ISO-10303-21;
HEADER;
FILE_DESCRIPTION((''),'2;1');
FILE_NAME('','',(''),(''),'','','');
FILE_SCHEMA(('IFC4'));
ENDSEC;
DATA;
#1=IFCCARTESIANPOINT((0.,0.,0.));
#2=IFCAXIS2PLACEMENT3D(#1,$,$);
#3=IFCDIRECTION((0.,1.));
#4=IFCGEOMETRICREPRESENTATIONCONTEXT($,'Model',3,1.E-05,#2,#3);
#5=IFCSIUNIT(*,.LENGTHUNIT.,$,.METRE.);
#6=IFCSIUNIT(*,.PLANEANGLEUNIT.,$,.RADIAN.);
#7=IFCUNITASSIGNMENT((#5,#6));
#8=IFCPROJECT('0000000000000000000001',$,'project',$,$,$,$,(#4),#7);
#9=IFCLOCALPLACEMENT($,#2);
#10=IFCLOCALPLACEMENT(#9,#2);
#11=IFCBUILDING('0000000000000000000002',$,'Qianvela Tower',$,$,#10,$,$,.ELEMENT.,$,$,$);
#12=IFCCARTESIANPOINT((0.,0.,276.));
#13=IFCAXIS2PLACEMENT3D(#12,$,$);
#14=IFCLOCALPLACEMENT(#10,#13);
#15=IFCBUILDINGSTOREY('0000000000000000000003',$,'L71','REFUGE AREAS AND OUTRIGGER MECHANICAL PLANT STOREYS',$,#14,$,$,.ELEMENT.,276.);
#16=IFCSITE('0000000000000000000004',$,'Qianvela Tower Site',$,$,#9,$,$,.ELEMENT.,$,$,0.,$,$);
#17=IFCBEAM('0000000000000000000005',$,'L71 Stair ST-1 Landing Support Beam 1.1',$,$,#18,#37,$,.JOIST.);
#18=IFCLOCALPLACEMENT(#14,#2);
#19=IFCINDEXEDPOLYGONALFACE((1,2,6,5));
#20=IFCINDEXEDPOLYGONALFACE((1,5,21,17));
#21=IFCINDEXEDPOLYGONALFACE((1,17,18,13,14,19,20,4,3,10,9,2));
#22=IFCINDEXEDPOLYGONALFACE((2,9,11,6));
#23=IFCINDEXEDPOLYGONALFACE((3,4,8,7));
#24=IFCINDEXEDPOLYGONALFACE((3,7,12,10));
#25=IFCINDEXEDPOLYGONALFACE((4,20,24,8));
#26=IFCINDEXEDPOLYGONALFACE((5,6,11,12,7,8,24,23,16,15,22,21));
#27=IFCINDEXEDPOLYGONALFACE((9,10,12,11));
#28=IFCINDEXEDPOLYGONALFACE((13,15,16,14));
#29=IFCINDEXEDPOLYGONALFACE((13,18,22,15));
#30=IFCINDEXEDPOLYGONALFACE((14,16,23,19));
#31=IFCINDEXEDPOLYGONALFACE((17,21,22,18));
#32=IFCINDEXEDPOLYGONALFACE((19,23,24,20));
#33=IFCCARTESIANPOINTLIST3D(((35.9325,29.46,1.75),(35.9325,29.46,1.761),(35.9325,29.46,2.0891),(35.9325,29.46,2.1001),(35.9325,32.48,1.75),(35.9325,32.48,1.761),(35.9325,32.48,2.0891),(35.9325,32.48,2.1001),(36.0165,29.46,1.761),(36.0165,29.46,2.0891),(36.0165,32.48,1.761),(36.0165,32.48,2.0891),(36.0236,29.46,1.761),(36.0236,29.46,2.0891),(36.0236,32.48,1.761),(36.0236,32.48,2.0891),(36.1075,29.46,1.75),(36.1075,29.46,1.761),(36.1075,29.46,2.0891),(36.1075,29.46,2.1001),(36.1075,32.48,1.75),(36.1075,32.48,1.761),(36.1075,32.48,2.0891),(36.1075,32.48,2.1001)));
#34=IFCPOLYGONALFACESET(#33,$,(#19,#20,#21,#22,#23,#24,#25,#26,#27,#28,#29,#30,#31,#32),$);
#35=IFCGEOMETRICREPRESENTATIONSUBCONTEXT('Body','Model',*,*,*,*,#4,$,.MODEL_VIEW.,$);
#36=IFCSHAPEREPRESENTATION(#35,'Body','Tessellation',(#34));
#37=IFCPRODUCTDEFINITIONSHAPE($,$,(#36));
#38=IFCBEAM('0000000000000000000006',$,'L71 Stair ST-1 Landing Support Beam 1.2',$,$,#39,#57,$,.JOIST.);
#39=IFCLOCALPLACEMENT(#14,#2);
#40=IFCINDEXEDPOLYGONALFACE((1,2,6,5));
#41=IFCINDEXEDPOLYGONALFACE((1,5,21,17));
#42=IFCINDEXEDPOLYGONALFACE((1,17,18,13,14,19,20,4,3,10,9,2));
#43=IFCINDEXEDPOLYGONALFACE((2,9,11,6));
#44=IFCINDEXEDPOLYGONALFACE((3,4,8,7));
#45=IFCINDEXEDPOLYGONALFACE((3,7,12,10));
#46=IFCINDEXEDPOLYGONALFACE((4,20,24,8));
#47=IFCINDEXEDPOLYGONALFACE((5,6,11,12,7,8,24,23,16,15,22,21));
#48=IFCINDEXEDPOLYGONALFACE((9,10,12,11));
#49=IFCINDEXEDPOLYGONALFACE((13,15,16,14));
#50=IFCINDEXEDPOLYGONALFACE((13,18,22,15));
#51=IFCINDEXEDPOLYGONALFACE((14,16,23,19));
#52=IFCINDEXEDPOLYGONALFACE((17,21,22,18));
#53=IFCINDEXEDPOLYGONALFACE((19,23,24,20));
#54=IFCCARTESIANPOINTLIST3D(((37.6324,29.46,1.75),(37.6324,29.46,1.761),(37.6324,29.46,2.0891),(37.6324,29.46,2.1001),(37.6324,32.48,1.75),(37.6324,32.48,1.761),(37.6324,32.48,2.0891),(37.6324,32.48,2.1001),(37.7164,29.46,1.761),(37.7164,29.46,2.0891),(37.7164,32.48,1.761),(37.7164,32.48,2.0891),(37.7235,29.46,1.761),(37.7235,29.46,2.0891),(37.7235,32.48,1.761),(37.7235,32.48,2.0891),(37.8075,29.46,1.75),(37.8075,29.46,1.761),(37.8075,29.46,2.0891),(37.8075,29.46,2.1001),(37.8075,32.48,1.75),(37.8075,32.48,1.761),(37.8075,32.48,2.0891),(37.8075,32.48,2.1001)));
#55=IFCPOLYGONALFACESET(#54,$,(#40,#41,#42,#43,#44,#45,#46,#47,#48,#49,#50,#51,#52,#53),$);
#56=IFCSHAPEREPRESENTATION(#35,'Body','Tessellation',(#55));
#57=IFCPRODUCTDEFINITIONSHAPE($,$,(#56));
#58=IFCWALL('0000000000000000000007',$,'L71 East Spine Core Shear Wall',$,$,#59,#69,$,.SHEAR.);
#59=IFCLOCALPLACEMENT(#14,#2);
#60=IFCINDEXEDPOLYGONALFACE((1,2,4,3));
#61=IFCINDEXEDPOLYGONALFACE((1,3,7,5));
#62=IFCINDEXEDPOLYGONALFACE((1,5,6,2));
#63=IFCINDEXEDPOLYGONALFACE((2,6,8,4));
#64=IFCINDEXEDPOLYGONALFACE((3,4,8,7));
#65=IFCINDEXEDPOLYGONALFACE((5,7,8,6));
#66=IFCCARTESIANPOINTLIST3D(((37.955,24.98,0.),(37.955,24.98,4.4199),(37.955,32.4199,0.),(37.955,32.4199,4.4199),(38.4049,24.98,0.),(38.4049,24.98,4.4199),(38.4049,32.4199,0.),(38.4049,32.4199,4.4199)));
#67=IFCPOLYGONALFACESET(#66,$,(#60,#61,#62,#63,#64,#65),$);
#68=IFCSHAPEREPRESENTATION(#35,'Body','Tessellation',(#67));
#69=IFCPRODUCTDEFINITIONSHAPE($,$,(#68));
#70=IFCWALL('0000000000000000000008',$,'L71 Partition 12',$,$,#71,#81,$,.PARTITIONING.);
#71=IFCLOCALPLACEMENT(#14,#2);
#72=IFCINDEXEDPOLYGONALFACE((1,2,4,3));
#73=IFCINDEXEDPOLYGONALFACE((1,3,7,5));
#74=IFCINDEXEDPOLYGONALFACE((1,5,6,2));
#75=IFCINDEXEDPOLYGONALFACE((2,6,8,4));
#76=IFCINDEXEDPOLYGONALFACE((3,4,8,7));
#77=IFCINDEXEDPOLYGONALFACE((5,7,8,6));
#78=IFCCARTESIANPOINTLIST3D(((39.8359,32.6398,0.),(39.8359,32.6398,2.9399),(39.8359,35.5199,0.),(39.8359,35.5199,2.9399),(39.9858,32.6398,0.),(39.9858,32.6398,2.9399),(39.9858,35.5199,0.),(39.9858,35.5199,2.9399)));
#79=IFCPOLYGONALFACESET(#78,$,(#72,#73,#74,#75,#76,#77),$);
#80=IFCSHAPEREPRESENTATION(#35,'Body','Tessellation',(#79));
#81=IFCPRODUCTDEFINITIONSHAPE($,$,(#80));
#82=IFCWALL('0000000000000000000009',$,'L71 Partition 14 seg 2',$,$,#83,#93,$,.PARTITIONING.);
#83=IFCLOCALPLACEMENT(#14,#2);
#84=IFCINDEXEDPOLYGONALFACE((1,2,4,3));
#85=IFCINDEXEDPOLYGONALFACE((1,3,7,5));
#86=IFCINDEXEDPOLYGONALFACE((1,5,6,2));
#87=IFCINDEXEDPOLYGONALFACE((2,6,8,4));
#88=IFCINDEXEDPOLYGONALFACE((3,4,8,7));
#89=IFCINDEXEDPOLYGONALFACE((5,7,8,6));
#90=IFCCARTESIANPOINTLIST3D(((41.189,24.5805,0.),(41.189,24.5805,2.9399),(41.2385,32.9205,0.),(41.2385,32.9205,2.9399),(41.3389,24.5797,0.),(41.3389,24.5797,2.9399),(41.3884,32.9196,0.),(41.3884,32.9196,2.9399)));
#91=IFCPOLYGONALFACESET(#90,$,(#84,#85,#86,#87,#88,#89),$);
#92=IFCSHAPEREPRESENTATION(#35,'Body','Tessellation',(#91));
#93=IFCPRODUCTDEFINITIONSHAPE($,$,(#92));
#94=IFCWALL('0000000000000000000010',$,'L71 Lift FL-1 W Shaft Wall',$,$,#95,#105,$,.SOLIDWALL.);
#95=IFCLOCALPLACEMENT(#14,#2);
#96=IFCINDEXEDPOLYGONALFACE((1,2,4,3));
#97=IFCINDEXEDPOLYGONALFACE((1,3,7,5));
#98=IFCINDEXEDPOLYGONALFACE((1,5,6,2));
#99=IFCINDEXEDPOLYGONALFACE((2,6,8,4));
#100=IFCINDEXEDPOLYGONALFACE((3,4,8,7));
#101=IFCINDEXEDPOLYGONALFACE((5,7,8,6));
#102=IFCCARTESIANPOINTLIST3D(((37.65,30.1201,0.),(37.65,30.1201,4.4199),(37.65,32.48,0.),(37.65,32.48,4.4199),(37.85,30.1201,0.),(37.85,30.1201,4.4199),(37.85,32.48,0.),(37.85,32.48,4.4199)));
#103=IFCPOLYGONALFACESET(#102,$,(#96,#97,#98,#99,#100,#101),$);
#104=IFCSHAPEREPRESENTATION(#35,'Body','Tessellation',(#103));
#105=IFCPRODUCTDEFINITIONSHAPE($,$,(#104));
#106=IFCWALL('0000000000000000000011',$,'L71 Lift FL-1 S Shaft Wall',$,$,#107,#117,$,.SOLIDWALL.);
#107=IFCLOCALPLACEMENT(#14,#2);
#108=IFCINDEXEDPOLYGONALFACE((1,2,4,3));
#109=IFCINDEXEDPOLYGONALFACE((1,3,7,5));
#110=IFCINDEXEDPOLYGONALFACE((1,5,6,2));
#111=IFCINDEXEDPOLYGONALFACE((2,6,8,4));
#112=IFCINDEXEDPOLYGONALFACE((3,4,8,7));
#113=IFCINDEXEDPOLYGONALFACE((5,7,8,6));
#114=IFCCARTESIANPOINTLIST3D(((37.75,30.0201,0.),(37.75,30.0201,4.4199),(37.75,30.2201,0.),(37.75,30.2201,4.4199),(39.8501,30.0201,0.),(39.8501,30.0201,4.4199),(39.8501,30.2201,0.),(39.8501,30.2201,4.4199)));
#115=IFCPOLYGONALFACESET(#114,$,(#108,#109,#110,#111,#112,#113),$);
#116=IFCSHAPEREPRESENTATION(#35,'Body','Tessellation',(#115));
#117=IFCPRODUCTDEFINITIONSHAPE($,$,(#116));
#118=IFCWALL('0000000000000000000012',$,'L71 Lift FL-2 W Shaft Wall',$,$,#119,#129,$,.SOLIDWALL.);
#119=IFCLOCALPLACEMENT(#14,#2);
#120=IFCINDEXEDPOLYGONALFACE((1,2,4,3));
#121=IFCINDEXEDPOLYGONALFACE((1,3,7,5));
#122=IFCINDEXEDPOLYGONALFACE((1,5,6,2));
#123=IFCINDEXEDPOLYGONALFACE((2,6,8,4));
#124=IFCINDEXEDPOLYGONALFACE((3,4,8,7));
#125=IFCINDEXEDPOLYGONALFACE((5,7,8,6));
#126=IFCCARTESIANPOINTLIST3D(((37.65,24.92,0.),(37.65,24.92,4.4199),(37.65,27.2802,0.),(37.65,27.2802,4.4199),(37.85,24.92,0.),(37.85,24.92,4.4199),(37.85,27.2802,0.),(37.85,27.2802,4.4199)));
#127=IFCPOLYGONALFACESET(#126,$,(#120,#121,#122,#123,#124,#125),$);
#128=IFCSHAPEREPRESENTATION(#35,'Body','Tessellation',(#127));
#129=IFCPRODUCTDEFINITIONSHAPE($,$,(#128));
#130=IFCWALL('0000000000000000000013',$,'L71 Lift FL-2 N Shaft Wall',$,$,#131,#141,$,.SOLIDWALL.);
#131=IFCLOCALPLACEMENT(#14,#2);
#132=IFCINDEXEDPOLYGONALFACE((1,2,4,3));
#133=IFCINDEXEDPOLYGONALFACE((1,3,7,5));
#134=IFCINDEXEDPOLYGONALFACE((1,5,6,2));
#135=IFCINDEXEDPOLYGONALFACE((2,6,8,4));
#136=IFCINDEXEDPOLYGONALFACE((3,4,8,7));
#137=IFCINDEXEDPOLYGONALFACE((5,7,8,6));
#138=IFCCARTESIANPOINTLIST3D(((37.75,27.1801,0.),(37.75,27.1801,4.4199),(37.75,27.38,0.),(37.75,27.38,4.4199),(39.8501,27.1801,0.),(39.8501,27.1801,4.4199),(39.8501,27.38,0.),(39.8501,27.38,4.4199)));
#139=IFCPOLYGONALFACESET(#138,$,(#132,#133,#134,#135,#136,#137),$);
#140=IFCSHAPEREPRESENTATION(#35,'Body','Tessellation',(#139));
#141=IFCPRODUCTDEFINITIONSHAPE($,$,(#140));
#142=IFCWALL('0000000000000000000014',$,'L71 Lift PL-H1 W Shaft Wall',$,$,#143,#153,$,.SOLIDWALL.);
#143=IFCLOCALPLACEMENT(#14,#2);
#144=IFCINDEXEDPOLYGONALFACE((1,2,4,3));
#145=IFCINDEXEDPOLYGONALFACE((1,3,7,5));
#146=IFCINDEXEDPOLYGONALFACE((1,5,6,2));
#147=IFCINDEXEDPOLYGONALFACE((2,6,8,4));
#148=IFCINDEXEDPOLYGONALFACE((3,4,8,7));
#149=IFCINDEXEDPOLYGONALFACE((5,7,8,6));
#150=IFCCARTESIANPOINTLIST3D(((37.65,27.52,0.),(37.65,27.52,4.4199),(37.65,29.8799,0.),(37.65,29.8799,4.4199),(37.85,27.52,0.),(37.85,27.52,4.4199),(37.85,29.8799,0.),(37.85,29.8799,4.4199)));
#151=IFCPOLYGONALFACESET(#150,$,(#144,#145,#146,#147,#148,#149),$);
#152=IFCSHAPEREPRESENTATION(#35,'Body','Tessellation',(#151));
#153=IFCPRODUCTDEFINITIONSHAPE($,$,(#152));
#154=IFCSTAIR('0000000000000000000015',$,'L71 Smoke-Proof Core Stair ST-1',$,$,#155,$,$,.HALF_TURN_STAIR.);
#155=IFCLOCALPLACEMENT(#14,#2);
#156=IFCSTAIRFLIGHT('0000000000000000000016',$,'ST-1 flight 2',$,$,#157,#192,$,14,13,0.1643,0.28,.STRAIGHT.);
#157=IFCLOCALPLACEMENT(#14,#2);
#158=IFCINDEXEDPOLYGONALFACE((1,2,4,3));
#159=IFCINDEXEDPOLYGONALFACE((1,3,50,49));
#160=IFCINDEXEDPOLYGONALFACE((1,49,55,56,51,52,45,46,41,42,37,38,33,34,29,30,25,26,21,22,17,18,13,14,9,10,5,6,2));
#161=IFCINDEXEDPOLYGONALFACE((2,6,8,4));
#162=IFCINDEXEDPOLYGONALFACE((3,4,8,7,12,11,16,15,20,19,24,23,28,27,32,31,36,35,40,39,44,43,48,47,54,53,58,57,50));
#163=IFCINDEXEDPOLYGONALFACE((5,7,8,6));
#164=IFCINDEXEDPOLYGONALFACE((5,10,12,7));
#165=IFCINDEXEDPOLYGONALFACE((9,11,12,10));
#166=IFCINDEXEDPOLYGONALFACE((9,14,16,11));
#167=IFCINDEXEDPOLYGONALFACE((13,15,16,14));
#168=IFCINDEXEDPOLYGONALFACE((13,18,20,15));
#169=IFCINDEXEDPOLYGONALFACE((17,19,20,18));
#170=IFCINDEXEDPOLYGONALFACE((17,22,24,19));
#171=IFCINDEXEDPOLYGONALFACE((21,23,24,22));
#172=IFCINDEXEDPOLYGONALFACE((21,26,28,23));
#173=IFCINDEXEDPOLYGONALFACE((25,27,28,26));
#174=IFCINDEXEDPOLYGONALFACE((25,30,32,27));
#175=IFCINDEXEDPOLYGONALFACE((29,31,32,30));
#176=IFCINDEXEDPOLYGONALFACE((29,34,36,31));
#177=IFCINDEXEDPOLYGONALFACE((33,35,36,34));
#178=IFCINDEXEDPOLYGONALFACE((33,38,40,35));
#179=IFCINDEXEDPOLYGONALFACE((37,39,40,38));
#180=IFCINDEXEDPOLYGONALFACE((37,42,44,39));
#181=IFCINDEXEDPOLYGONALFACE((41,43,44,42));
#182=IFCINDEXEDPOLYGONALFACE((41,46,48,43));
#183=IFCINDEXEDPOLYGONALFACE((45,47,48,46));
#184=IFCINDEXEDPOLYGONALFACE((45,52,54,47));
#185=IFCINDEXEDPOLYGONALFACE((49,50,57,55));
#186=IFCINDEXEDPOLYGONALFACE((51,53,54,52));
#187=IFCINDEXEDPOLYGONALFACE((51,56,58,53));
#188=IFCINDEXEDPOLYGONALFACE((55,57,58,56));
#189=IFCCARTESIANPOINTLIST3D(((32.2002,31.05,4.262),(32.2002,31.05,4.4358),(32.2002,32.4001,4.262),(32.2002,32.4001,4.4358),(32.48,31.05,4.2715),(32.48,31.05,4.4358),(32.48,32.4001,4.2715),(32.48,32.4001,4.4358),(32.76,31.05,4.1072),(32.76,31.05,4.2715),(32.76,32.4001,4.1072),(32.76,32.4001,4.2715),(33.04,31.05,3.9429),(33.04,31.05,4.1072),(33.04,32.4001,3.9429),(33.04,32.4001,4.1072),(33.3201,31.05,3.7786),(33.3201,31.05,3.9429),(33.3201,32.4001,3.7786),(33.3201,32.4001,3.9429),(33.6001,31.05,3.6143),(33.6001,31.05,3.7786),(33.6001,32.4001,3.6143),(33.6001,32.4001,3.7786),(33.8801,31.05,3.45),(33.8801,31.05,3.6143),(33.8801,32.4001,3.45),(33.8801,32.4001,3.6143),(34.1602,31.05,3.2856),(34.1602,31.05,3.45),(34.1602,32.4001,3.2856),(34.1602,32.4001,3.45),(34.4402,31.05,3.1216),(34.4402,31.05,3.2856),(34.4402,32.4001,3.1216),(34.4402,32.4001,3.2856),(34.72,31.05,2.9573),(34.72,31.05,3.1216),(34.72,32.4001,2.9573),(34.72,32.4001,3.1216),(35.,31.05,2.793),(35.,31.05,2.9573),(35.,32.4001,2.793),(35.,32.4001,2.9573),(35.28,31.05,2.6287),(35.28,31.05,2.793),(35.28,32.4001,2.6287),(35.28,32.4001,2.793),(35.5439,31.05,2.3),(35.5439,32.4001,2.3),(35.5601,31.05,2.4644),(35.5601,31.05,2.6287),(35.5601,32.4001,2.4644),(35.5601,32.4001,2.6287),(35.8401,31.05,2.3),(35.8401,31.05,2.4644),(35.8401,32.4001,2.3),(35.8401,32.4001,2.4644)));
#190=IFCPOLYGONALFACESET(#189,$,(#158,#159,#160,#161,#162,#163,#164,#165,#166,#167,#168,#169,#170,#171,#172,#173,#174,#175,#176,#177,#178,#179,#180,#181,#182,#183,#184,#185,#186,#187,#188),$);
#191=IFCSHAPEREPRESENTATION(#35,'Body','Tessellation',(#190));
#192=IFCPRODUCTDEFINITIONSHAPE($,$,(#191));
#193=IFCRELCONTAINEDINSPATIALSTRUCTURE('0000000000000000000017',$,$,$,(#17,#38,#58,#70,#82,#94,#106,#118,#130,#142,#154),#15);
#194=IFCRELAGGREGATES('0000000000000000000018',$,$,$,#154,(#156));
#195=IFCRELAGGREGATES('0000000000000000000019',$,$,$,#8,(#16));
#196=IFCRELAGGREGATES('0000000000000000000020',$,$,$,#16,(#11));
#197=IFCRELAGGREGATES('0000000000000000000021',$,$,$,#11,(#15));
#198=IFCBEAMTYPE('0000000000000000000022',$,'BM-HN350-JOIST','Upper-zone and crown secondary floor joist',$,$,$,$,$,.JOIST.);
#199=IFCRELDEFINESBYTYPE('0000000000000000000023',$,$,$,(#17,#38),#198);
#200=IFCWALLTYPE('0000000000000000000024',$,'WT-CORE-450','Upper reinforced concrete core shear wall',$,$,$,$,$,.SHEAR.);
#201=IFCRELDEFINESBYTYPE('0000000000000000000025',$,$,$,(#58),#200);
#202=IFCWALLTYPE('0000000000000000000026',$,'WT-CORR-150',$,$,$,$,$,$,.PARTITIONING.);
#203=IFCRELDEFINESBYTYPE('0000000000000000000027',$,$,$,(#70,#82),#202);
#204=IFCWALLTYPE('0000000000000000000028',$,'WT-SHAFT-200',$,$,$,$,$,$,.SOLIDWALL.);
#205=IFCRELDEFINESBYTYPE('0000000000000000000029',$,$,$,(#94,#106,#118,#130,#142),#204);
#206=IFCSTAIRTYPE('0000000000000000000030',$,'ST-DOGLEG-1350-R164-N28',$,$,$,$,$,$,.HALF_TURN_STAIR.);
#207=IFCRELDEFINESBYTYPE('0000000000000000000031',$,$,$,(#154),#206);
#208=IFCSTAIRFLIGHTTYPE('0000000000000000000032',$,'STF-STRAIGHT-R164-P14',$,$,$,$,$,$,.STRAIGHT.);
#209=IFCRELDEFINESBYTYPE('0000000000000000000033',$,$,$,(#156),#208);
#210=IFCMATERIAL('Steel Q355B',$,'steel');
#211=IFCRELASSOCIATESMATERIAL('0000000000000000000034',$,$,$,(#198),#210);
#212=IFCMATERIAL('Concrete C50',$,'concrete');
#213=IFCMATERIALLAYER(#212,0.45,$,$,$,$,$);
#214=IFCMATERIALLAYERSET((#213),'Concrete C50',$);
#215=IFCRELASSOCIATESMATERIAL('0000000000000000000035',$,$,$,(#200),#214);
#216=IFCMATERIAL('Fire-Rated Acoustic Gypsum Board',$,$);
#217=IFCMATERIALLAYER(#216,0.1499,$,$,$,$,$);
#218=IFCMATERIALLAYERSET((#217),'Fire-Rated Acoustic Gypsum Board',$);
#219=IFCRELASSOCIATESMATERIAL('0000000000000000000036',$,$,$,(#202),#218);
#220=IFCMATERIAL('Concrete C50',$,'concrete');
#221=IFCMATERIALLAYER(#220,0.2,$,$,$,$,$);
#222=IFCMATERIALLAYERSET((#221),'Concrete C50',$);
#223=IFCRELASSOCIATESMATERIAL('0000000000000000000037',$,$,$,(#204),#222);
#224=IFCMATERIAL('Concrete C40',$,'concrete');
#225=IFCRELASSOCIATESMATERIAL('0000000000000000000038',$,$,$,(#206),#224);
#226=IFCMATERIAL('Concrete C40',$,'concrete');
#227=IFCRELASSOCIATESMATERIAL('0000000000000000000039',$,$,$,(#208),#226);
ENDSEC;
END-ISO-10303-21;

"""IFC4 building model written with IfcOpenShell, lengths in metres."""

from ifc_helpers import new_model, si_unit, direction, frame, frame_2d, origin, origin_2d, place, context, subcontext, project, spatial, polyline, rectangle, i_section, outline, extrude, material, layer, layer_set, material_profile, profile_set, type_object, element, aggregate, save


model = new_model("IFC4")

# Units and contexts
model_context = context("Model", 3, precision=1e-05, world=origin(), true_north=direction((0.0, 1.0)))
body_context = subcontext(model_context, "Body", "Model", "MODEL_VIEW")
ifc_project = project(units=[si_unit("LENGTHUNIT", "METRE"), si_unit("PLANEANGLEUNIT", "RADIAN")], contexts=[model_context])

# Site, building, storey
site_placement = place(None, origin())
site = spatial("IfcSite", under=ifc_project, at=site_placement, Name="Qianvela Tower Site", CompositionType="ELEMENT", RefElevation=0.0)
building_placement = place(site_placement, origin())
building = spatial("IfcBuilding", under=site, at=building_placement, Name="Qianvela Tower", CompositionType="ELEMENT")
storey_placement = place(building_placement, frame((0.0, 0.0, 276.0)))
storey = spatial("IfcBuildingStorey", under=building, at=storey_placement, Name="L71", Description="REFUGE AREAS AND OUTRIGGER MECHANICAL PLANT STOREYS", CompositionType="ELEMENT", Elevation=276.0)

# Beams
ifc_material_1 = material(Name="Steel Q355B", Category="steel")
ifc_material_profile = material_profile(ifc_material_1, i_section(OverallWidth=0.175, OverallDepth=0.3501, WebThickness=0.0071, FlangeThickness=0.011, at=origin_2d()), Name="HN350x175x7x11")
ifc_profile_set = profile_set([ifc_material_profile], Name="Steel Q355B")
beam_type = type_object("IfcBeamType", Name="BM-HN350-JOIST", Description="Upper-zone and crown secondary floor joist", PredefinedType="JOIST", material=ifc_profile_set)
for number, where, z_axis, x_axis, name in (
    (1, (36.02, 29.46, 1.925), (0.0, 1.0, 0.0), (-1.0, 0.0, 0.0), "L71 Stair ST-1 Landing Support Beam 1.1"),
    (2, (37.72, 29.46, 1.925), (0.0, 1.0, 0.0), (-1.0, 0.0, 0.0), "L71 Stair ST-1 Landing Support Beam 1.2"),
):
    element("IfcBeam", number, at=place(storey_placement, frame(where, z_axis=z_axis, x_axis=x_axis)), inside=storey, type_object=beam_type, Name=name, PredefinedType="JOIST", context=body_context, shape_type="SweptSolid", body=[
        extrude(i_section(OverallWidth=0.175, OverallDepth=0.3501, WebThickness=0.0071, FlangeThickness=0.011, at=origin_2d()), origin(), (0.0, 0.0, 1.0), 3.02),
    ])

# Walls
ifc_material_2 = material(Name="Concrete C50", Category="concrete")
ifc_layer_1 = layer(ifc_material_2, 0.45)
ifc_layer_set_1 = layer_set([ifc_layer_1], Name="Concrete C50")
wall_type_1 = type_object("IfcWallType", Name="WT-CORE-450", Description="Upper reinforced concrete core shear wall", PredefinedType="SHEAR", material=ifc_layer_set_1)
wall_1_placement = place(storey_placement, frame((38.1799, 24.98, 0.0), z_axis=(0.0, 0.0, 1.0), x_axis=(0.0, 1.0, 0.0)))
element("IfcWall", 3, at=wall_1_placement, inside=storey, type_object=wall_type_1, Name="L71 East Spine Core Shear Wall", PredefinedType="SHEAR", context=body_context, shape_type="SweptSolid", body=[
    extrude(rectangle(XDim=7.4399, YDim=0.45, at=frame_2d((3.72, 0.0))), origin(), (0.0, 0.0, 1.0), 4.4199),
])
ifc_material_3 = material(Name="Fire-Rated Acoustic Gypsum Board")
ifc_layer_2 = layer(ifc_material_3, 0.1499)
ifc_layer_set_2 = layer_set([ifc_layer_2], Name="Fire-Rated Acoustic Gypsum Board")
wall_type_2 = type_object("IfcWallType", Name="WT-CORR-150", PredefinedType="PARTITIONING", material=ifc_layer_set_2)
wall_2_placement = place(storey_placement, frame((39.9109, 32.6399, 0.0), z_axis=(0.0, 0.0, 1.0), x_axis=(0.0, 1.0, 0.0)))
element("IfcWall", 4, at=wall_2_placement, inside=storey, type_object=wall_type_2, Name="L71 Partition 12", PredefinedType="PARTITIONING", context=body_context, shape_type="SweptSolid", body=[
    extrude(rectangle(XDim=2.8801, YDim=0.1499, at=frame_2d((1.4399, 0.0))), origin(), (0.0, 0.0, 1.0), 2.9399),
])
wall_3_placement = place(storey_placement, frame((41.3135, 32.9199, 0.0), z_axis=(0.0, 0.0, 1.0), x_axis=(-0.005943, -0.999982, 0.0)))
element("IfcWall", 5, at=wall_3_placement, inside=storey, type_object=wall_type_2, Name="L71 Partition 14 seg 2", PredefinedType="PARTITIONING", context=body_context, shape_type="SweptSolid", body=[
    extrude(rectangle(XDim=8.3401, YDim=0.1499, at=frame_2d((4.1699, 0.0))), origin(), (0.0, 0.0, 1.0), 2.9399),
])

# Shared definitions
ifc_material_4 = material(Name="Concrete C50", Category="concrete")
ifc_layer_3 = layer(ifc_material_4, 0.2)
ifc_layer_set_3 = layer_set([ifc_layer_3], Name="Concrete C50")
wall_type_3 = type_object("IfcWallType", Name="WT-SHAFT-200", PredefinedType="SOLIDWALL", material=ifc_layer_set_3)

# Walls
wall_4_placement = place(storey_placement, frame((37.75, 30.1201, 0.0), z_axis=(0.0, 0.0, 1.0), x_axis=(0.0, 1.0, 0.0)))
element("IfcWall", 6, at=wall_4_placement, inside=storey, type_object=wall_type_3, Name="L71 Lift FL-1 W Shaft Wall", PredefinedType="SOLIDWALL", context=body_context, shape_type="SweptSolid", body=[
    extrude(rectangle(XDim=2.3599, YDim=0.2, at=frame_2d((1.1799, 0.0))), origin(), (0.0, 0.0, 1.0), 4.4199),
])
wall_5_placement = place(storey_placement, frame((37.75, 30.1201, 0.0), z_axis=(0.0, 0.0, 1.0), x_axis=(1.0, 0.0, 0.0)))
element("IfcWall", 7, at=wall_5_placement, inside=storey, type_object=wall_type_3, Name="L71 Lift FL-1 S Shaft Wall", PredefinedType="SOLIDWALL", context=body_context, shape_type="SweptSolid", body=[
    extrude(rectangle(XDim=2.1001, YDim=0.2, at=frame_2d((1.05, 0.0))), origin(), (0.0, 0.0, 1.0), 4.4199),
])

# Walls
wall_6_placement = place(storey_placement, frame((37.75, 24.9199, 0.0), z_axis=(0.0, 0.0, 1.0), x_axis=(0.0, 1.0, 0.0)))
element("IfcWall", 8, at=wall_6_placement, inside=storey, type_object=wall_type_3, Name="L71 Lift FL-2 W Shaft Wall", PredefinedType="SOLIDWALL", context=body_context, shape_type="SweptSolid", body=[
    extrude(rectangle(XDim=2.3601, YDim=0.2, at=frame_2d((1.1802, 0.0))), origin(), (0.0, 0.0, 1.0), 4.4199),
])
wall_7_placement = place(storey_placement, frame((37.75, 27.28, 0.0), z_axis=(0.0, 0.0, 1.0), x_axis=(1.0, 0.0, 0.0)))
element("IfcWall", 9, at=wall_7_placement, inside=storey, type_object=wall_type_3, Name="L71 Lift FL-2 N Shaft Wall", PredefinedType="SOLIDWALL", context=body_context, shape_type="SweptSolid", body=[
    extrude(rectangle(XDim=2.1001, YDim=0.2, at=frame_2d((1.05, 0.0))), origin(), (0.0, 0.0, 1.0), 4.4199),
])

# Wall
wall_8_placement = place(storey_placement, frame((37.75, 27.52, 0.0), z_axis=(0.0, 0.0, 1.0), x_axis=(0.0, 1.0, 0.0)))
element("IfcWall", 10, at=wall_8_placement, inside=storey, type_object=wall_type_3, Name="L71 Lift PL-H1 W Shaft Wall", PredefinedType="SOLIDWALL", context=body_context, shape_type="SweptSolid", body=[
    extrude(rectangle(XDim=2.3599, YDim=0.2, at=frame_2d((1.1799, 0.0))), origin(), (0.0, 0.0, 1.0), 4.4199),
])

# Stair, stair flight
ifc_material_5 = material(Name="Concrete C40", Category="concrete")
stair_type = type_object("IfcStairType", Name="ST-DOGLEG-1350-R164-N28", PredefinedType="HALF_TURN_STAIR", material=ifc_material_5)
stair_placement = place(storey_placement, origin())
stair = element("IfcStair", 11, at=stair_placement, inside=storey, type_object=stair_type, Name="L71 Smoke-Proof Core Stair ST-1", PredefinedType="HALF_TURN_STAIR")
ifc_material_6 = material(Name="Concrete C40", Category="concrete")
stair_flight_type = type_object("IfcStairFlightType", Name="STF-STRAIGHT-R164-P14", PredefinedType="STRAIGHT", material=ifc_material_6)
stair_flight_placement = place(storey_placement, frame((35.8401, 31.7251, 2.3), z_axis=(0.0, 0.0, 1.0), x_axis=(-1.0, 0.0, 0.0)))
stair_flight = element("IfcStairFlight", 12, at=stair_flight_placement, type_object=stair_flight_type, Name="ST-1 flight 2", NumberOfRisers=14, NumberOfTreads=13, PredefinedType="STRAIGHT", RiserHeight=0.1643, TreadLength=0.28, context=body_context, shape_type="SweptSolid", body=[
    extrude(outline(polyline([(0.0, 0.0), (0.0, 0.1643), (0.28, 0.1643), (0.28, 0.3286), (0.5601, 0.3286), (0.5601, 0.4929), (0.8401, 0.4929), (0.8401, 0.6572), (1.1201, 0.6572), (1.1201, 0.8215), (1.3999, 0.8215), (1.3999, 0.9856), (1.6799, 0.9856), (1.6799, 1.1499), (1.96, 1.1499), (1.96, 1.3142), (2.24, 1.3142), (2.24, 1.4785), (2.52, 1.4785), (2.52, 1.6428), (2.8, 1.6428), (2.8, 1.8071), (3.0801, 1.8071), (3.0801, 1.9714), (3.3601, 1.9714), (3.3601, 2.1357), (3.6399, 2.1357), (3.6399, 2.3), (3.6399, 1.9619), (0.2961, 0.0), (0.0, 0.0)])), frame((0.0, 0.675, 0.0), z_axis=(0.0, -1.0, 0.0), x_axis=(1.0, 0.0, 0.0)), (0.0, 0.0, 1.0), 1.3501),
])
aggregate(stair, [stair_flight])

save(model, "model.ifc")
